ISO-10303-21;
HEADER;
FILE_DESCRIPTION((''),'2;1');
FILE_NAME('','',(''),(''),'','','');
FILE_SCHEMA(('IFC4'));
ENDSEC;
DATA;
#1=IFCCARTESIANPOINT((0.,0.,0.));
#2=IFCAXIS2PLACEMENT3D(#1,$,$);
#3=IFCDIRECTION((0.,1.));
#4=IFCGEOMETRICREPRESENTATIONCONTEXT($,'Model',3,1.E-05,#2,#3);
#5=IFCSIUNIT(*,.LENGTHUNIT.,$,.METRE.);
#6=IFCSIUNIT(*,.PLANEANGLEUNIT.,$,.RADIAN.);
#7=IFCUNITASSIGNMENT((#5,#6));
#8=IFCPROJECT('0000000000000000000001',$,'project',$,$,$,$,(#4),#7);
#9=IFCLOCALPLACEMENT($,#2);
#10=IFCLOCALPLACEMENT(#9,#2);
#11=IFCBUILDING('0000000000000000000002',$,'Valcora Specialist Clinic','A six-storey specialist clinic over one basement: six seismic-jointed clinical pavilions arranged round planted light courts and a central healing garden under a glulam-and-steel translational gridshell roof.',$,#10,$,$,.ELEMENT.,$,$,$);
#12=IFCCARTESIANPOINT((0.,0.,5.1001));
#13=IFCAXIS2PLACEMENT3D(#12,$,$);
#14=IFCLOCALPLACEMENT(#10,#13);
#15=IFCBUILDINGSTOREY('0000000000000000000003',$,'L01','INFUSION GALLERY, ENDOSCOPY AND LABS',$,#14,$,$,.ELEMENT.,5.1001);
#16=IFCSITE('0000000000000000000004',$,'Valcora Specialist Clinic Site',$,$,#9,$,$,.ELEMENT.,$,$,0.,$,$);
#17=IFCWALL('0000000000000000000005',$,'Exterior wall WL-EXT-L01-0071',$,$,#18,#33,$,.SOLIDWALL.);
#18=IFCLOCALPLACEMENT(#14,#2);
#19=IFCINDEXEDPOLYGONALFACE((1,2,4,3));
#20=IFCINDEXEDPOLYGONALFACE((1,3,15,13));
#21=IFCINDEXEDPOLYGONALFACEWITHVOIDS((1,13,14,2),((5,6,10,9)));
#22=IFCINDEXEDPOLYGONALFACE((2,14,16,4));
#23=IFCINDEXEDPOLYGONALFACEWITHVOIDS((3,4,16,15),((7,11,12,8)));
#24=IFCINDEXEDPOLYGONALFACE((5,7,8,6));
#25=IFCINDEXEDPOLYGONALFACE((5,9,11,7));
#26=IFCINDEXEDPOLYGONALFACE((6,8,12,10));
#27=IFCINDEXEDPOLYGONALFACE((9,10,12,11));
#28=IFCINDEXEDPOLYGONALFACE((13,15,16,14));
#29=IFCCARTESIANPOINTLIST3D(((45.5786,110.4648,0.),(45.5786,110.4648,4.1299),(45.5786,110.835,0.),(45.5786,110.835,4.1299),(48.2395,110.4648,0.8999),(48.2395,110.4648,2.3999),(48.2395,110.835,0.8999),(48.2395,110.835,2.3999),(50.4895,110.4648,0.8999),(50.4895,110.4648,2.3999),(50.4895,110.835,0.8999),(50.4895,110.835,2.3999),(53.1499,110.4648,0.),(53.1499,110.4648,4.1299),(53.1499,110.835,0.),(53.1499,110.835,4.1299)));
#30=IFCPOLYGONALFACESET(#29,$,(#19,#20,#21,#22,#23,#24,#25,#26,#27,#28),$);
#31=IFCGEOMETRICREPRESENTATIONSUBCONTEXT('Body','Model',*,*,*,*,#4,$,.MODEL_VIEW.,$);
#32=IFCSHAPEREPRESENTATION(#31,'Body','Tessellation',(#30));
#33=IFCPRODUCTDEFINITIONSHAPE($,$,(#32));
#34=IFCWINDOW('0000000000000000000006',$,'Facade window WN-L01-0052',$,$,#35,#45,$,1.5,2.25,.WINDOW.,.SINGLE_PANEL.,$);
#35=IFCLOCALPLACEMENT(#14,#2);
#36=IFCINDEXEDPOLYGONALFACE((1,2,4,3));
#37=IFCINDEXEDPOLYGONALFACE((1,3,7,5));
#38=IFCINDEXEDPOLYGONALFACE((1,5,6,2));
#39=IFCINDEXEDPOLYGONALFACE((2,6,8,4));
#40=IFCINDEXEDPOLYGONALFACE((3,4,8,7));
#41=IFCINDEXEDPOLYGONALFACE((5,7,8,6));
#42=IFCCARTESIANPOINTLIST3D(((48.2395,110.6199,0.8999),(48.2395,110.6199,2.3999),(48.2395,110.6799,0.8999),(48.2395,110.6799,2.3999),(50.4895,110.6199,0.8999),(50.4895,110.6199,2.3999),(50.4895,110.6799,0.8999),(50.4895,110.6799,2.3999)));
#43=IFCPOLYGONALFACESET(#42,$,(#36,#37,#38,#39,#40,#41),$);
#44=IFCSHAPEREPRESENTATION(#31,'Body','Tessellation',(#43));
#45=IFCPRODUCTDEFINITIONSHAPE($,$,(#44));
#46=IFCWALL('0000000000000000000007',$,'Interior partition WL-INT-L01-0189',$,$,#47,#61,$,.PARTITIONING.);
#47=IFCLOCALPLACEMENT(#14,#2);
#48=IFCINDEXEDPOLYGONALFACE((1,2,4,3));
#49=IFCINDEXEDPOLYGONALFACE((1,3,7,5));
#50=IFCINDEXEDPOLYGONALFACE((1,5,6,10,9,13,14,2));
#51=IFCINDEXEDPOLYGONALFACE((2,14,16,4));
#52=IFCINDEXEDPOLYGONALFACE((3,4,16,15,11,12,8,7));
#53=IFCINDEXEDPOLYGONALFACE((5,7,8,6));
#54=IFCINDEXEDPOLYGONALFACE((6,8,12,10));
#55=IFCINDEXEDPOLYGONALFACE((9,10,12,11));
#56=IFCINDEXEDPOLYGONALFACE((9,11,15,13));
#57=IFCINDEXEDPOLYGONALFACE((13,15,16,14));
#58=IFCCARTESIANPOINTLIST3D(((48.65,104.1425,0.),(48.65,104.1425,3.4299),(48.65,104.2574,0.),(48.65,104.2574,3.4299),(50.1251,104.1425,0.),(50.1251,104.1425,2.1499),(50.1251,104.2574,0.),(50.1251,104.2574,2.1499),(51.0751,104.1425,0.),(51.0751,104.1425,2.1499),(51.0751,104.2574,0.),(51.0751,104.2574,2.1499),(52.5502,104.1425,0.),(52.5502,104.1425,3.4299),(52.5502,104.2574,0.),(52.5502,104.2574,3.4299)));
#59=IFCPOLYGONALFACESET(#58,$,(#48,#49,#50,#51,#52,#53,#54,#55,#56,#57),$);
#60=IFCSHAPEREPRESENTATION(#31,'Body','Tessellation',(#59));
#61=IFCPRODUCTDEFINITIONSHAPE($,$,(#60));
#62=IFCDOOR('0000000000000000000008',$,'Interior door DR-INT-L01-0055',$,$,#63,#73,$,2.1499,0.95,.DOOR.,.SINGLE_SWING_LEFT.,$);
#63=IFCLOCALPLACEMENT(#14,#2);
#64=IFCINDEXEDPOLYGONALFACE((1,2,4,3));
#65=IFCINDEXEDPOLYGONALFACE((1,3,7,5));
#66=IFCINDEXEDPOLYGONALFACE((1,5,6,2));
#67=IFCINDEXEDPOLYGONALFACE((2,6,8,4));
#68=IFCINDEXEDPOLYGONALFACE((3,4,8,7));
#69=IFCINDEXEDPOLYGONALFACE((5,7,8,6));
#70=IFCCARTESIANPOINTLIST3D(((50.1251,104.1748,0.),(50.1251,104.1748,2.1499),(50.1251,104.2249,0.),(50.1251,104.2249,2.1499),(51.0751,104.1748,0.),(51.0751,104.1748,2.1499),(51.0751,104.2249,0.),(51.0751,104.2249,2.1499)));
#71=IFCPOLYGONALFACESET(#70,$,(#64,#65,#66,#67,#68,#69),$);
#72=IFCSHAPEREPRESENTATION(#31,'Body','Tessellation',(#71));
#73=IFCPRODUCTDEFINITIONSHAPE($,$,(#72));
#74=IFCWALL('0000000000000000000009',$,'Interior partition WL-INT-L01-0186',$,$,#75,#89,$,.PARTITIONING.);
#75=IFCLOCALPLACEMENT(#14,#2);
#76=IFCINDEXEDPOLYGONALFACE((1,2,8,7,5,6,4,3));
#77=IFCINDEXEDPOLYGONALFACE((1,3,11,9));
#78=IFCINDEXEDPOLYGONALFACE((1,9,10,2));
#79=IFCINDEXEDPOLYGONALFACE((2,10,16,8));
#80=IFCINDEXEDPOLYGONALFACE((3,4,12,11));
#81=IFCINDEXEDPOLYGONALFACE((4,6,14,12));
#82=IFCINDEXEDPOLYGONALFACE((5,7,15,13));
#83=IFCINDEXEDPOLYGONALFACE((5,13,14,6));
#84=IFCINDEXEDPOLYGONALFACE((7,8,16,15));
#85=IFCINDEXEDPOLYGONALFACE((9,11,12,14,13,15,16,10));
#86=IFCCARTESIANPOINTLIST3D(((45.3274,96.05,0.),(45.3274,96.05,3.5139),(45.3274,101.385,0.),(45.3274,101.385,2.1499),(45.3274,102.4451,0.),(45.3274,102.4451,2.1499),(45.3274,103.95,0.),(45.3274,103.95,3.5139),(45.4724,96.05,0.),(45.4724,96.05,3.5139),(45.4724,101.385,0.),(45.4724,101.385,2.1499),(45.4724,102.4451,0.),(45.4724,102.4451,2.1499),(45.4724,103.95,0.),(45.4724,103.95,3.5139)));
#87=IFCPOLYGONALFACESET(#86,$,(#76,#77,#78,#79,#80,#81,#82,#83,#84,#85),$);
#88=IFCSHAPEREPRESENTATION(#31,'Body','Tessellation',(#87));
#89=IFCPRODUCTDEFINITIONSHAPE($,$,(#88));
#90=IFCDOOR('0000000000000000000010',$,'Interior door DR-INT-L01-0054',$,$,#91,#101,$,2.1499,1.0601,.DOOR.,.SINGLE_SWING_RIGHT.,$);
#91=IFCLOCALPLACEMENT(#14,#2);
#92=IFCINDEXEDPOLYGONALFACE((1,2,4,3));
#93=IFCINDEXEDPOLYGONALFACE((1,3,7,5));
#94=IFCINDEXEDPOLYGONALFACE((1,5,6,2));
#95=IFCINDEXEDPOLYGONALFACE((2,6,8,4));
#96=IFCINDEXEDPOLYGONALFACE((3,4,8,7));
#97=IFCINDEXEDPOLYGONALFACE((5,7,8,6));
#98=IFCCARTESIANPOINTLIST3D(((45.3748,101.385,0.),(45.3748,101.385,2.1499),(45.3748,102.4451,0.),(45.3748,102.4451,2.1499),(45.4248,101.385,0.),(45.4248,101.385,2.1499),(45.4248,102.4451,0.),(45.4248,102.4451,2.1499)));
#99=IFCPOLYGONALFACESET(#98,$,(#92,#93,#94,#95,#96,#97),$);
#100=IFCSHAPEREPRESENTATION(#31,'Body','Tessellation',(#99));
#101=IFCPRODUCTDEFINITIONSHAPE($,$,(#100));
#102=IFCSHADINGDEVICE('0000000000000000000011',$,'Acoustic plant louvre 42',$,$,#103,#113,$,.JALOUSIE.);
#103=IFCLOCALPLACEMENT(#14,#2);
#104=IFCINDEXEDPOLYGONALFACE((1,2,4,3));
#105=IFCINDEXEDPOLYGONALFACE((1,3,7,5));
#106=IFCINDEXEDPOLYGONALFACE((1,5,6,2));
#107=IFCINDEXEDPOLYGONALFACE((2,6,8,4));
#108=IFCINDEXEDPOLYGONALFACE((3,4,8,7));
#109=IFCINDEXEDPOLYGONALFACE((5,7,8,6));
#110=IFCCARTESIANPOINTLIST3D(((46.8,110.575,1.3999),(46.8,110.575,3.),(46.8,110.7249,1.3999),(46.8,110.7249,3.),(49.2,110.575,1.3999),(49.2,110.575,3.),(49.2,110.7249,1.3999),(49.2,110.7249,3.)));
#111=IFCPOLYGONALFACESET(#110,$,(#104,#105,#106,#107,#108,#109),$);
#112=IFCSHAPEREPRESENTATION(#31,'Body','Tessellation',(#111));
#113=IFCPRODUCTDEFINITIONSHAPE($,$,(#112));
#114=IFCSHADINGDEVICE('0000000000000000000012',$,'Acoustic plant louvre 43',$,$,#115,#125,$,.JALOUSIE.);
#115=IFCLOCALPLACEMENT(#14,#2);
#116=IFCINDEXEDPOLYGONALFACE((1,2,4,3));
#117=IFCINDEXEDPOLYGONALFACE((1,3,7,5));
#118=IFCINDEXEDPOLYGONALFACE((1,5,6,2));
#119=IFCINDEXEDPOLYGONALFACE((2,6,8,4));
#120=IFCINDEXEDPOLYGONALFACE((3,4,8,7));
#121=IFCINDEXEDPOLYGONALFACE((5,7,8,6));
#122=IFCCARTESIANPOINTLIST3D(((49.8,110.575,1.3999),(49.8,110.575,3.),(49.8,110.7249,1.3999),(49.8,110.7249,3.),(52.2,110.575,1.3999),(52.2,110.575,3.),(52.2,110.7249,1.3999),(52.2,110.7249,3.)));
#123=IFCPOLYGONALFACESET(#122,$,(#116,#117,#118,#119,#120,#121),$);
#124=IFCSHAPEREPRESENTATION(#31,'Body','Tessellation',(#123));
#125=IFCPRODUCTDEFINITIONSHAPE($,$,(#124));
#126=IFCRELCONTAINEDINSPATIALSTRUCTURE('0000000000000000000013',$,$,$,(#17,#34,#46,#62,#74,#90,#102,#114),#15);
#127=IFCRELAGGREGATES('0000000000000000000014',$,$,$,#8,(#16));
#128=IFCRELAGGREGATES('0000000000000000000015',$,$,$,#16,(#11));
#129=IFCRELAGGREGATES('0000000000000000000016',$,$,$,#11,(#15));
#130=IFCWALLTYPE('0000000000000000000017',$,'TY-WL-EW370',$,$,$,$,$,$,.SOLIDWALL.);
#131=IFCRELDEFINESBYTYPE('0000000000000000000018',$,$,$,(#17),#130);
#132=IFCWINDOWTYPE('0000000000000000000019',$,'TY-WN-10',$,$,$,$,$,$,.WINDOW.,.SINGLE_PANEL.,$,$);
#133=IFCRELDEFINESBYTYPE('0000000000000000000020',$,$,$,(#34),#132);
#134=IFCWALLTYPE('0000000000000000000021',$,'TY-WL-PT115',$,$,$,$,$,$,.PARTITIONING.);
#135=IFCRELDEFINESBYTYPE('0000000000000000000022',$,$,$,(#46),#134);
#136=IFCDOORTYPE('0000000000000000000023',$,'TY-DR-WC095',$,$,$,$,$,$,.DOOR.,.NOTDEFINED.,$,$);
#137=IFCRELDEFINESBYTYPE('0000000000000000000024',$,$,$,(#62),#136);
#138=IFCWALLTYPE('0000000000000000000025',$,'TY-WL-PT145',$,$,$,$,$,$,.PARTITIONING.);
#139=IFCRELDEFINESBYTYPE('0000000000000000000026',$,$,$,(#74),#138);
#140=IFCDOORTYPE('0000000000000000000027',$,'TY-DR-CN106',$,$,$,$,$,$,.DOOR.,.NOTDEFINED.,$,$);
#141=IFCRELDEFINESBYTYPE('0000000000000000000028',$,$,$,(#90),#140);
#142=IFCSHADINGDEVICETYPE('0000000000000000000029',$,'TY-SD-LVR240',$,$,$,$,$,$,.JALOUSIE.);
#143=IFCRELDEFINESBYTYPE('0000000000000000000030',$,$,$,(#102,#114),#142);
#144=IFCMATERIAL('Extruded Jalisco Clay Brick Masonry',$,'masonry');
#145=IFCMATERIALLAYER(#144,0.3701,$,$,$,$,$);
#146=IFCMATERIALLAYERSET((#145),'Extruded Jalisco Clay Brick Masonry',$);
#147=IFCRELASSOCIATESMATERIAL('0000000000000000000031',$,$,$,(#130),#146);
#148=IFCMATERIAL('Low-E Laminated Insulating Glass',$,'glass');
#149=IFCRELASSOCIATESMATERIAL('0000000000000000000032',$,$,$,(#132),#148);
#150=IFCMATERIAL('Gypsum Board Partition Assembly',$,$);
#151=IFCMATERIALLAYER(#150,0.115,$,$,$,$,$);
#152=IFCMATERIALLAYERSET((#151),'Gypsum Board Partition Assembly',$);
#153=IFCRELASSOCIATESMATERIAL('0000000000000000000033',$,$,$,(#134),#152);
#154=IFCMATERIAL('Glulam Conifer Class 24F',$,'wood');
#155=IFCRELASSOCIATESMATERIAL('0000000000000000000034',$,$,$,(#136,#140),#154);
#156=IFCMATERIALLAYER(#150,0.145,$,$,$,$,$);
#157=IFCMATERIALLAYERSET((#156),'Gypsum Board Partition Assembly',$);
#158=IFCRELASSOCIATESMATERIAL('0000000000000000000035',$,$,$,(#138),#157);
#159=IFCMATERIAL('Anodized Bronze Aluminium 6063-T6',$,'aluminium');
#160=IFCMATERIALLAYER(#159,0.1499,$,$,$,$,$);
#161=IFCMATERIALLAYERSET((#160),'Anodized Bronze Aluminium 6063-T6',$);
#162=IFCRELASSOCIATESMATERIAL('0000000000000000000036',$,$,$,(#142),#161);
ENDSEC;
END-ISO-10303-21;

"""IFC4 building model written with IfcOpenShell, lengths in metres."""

from ifc_helpers import new_model, si_unit, direction, frame, frame_2d, origin, origin_2d, place, context, subcontext, project, spatial, rectangle, extrude, material, layer, layer_set, type_object, element, fill, save


model = new_model("IFC4")

# Units and contexts
model_context = context("Model", 3, precision=1e-05, world=origin(), true_north=direction((0.0, 1.0)))
body_context = subcontext(model_context, "Body", "Model", "MODEL_VIEW")
ifc_project = project(units=[si_unit("LENGTHUNIT", "METRE"), si_unit("PLANEANGLEUNIT", "RADIAN")], contexts=[model_context])

# Site, building, storey
site_placement = place(None, origin())
site = spatial("IfcSite", under=ifc_project, at=site_placement, Name="Valcora Specialist Clinic Site", CompositionType="ELEMENT", RefElevation=0.0)
building_placement = place(site_placement, origin())
building = spatial("IfcBuilding", under=site, at=building_placement, Name="Valcora Specialist Clinic", Description="A six-storey specialist clinic over one basement: six seismic-jointed clinical pavilions arranged round planted light courts and a central healing garden under a glulam-and-steel translational gridshell roof.", CompositionType="ELEMENT")
storey_placement = place(building_placement, frame((0.0, 0.0, 5.1001)))
storey = spatial("IfcBuildingStorey", under=building, at=storey_placement, Name="L01", Description="INFUSION GALLERY, ENDOSCOPY AND LABS", CompositionType="ELEMENT", Elevation=5.1001)

# Wall, opening, window
ifc_material_1 = material(Name="Extruded Jalisco Clay Brick Masonry", Category="masonry")
ifc_material_2 = material(Name="Low-E Laminated Insulating Glass", Category="glass")
ifc_layer_1 = layer(ifc_material_1, 0.3701)
ifc_layer_set_1 = layer_set([ifc_layer_1], Name="Extruded Jalisco Clay Brick Masonry")
wall_type_1 = type_object("IfcWallType", Name="TY-WL-EW370", PredefinedType="SOLIDWALL", material=ifc_layer_set_1)
wall_1_placement = place(storey_placement, frame((45.5786, 110.6499, 0.0), z_axis=(0.0, 0.0, 1.0), x_axis=(1.0, 0.0, 0.0)))
wall_1 = element("IfcWall", 1, at=wall_1_placement, inside=storey, type_object=wall_type_1, Name="Exterior wall WL-EXT-L01-0071", PredefinedType="SOLIDWALL", context=body_context, shape_type="SweptSolid", body=[
    extrude(rectangle(XDim=7.5713, YDim=0.3701, at=frame_2d((3.7856, 0.0))), origin(), (0.0, 0.0, 1.0), 4.1299),
])
opening_1_placement = place(wall_1_placement, frame((2.6609, 0.0, 0.8999)))
opening_1 = element("IfcOpeningElement", 2, at=opening_1_placement, cuts=wall_1, PredefinedType="OPENING", context=body_context, shape_type="SweptSolid", body=[
    extrude(rectangle(XDim=2.25, YDim=1.5, at=frame_2d((1.125, 0.75))), frame((0.0, 0.1951, 0.0), z_axis=(0.0, -1.0, 0.0), x_axis=(1.0, 0.0, 0.0)), (0.0, 0.0, 1.0), 0.3901),
])
window_type_1 = type_object("IfcWindowType", Name="TY-WN-10", PartitioningType="SINGLE_PANEL", PredefinedType="WINDOW", material=ifc_material_2)
window_1_placement = place(opening_1_placement, origin())
window_1 = element("IfcWindow", 3, at=window_1_placement, inside=storey, type_object=window_type_1, Name="Facade window WN-L01-0052", OverallHeight=1.5, OverallWidth=2.25, PartitioningType="SINGLE_PANEL", PredefinedType="WINDOW", context=body_context, shape_type="SweptSolid", body=[
    extrude(rectangle(XDim=2.25, YDim=1.5, at=frame_2d((1.125, 0.75))), frame((0.0, 0.03, 0.0), z_axis=(0.0, -1.0, 0.0), x_axis=(1.0, 0.0, 0.0)), (0.0, 0.0, 1.0), 0.0601),
])
fill(opening_1, window_1)

# Walls, openings, doors
ifc_material_3 = material(Name="Gypsum Board Partition Assembly")
ifc_layer_2 = layer(ifc_material_3, 0.115)
ifc_layer_set_2 = layer_set([ifc_layer_2], Name="Gypsum Board Partition Assembly")
wall_type_2 = type_object("IfcWallType", Name="TY-WL-PT115", PredefinedType="PARTITIONING", material=ifc_layer_set_2)
wall_2_placement = place(storey_placement, frame((48.6499, 104.2, 0.0), z_axis=(0.0, 0.0, 1.0), x_axis=(1.0, 0.0, 0.0)))
wall_2 = element("IfcWall", 4, at=wall_2_placement, inside=storey, type_object=wall_type_2, Name="Interior partition WL-INT-L01-0189", PredefinedType="PARTITIONING", context=body_context, shape_type="SweptSolid", body=[
    extrude(rectangle(XDim=3.9001, YDim=0.115, at=frame_2d((1.9502, 0.0))), origin(), (0.0, 0.0, 1.0), 3.4299),
])
opening_2_placement = place(wall_2_placement, frame((1.4751, 0.0, 0.0)))
opening_2 = element("IfcOpeningElement", 5, at=opening_2_placement, cuts=wall_2, PredefinedType="OPENING", context=body_context, shape_type="SweptSolid", body=[
    extrude(rectangle(XDim=0.95, YDim=2.1499, at=frame_2d((0.4751, 1.075))), frame((0.0, 0.0674, 0.0), z_axis=(0.0, -1.0, 0.0), x_axis=(1.0, 0.0, 0.0)), (0.0, 0.0, 1.0), 0.135),
])
ifc_material_4 = material(Name="Glulam Conifer Class 24F", Category="wood")
door_type_1 = type_object("IfcDoorType", Name="TY-DR-WC095", OperationType="NOTDEFINED", PredefinedType="DOOR", material=ifc_material_4)
door_1_placement = place(opening_2_placement, origin())
door_1 = element("IfcDoor", 6, at=door_1_placement, inside=storey, type_object=door_type_1, Name="Interior door DR-INT-L01-0055", OperationType="SINGLE_SWING_LEFT", OverallHeight=2.1499, OverallWidth=0.95, PredefinedType="DOOR", context=body_context, shape_type="SweptSolid", body=[
    extrude(rectangle(XDim=0.95, YDim=2.1499, at=frame_2d((0.4751, 1.075))), frame((0.0, 0.0249, 0.0), z_axis=(0.0, -1.0, 0.0), x_axis=(1.0, 0.0, 0.0)), (0.0, 0.0, 1.0), 0.05),
])
fill(opening_2, door_1)
ifc_layer_3 = layer(ifc_material_3, 0.145)
ifc_layer_set_3 = layer_set([ifc_layer_3], Name="Gypsum Board Partition Assembly")
wall_type_3 = type_object("IfcWallType", Name="TY-WL-PT145", PredefinedType="PARTITIONING", material=ifc_layer_set_3)
wall_3_placement = place(storey_placement, frame((45.3999, 103.95, 0.0), z_axis=(0.0, 0.0, 1.0), x_axis=(0.0, -1.0, 0.0)))
wall_3 = element("IfcWall", 7, at=wall_3_placement, inside=storey, type_object=wall_type_3, Name="Interior partition WL-INT-L01-0186", PredefinedType="PARTITIONING", context=body_context, shape_type="SweptSolid", body=[
    extrude(rectangle(XDim=7.8999, YDim=0.145, at=frame_2d((3.95, 0.0))), origin(), (0.0, 0.0, 1.0), 3.5139),
])
opening_3_placement = place(wall_3_placement, frame((1.5049, 0.0, 0.0)))
opening_3 = element("IfcOpeningElement", 8, at=opening_3_placement, cuts=wall_3, PredefinedType="OPENING", context=body_context, shape_type="SweptSolid", body=[
    extrude(rectangle(XDim=1.0601, YDim=2.1499, at=frame_2d((0.53, 1.075))), frame((0.0, 0.0825, 0.0), z_axis=(0.0, -1.0, 0.0), x_axis=(1.0, 0.0, 0.0)), (0.0, 0.0, 1.0), 0.165),
])
door_type_2 = type_object("IfcDoorType", Name="TY-DR-CN106", OperationType="NOTDEFINED", PredefinedType="DOOR", material=ifc_material_4)
door_2_placement = place(opening_3_placement, origin())
door_2 = element("IfcDoor", 9, at=door_2_placement, inside=storey, type_object=door_type_2, Name="Interior door DR-INT-L01-0054", OperationType="SINGLE_SWING_RIGHT", OverallHeight=2.1499, OverallWidth=1.0601, PredefinedType="DOOR", context=body_context, shape_type="SweptSolid", body=[
    extrude(rectangle(XDim=1.0601, YDim=2.1499, at=frame_2d((0.53, 1.075))), frame((0.0, 0.0249, 0.0), z_axis=(0.0, -1.0, 0.0), x_axis=(1.0, 0.0, 0.0)), (0.0, 0.0, 1.0), 0.05),
])
fill(opening_3, door_2)

# Shading devices
ifc_material_5 = material(Name="Anodized Bronze Aluminium 6063-T6", Category="aluminium")
ifc_layer_4 = layer(ifc_material_5, 0.1499)
ifc_layer_set_4 = layer_set([ifc_layer_4], Name="Anodized Bronze Aluminium 6063-T6")
shading_device_type = type_object("IfcShadingDeviceType", Name="TY-SD-LVR240", PredefinedType="JALOUSIE", material=ifc_layer_set_4)
for number, where, z_axis, x_axis, name in (
    (10, (48.0, 110.6499, 1.3999), (0.0, 0.0, 1.0), (1.0, 0.0, 0.0), "Acoustic plant louvre 42"),
    (11, (51.0, 110.6499, 1.3999), (0.0, 0.0, 1.0), (1.0, 0.0, 0.0), "Acoustic plant louvre 43"),
):
    element("IfcShadingDevice", number, at=place(storey_placement, frame(where, z_axis=z_axis, x_axis=x_axis)), inside=storey, type_object=shading_device_type, Name=name, PredefinedType="JALOUSIE", context=body_context, shape_type="SweptSolid", body=[
        extrude(rectangle(XDim=2.3999, YDim=0.1499, at=origin_2d()), origin(), (0.0, 0.0, 1.0), 1.6001),
    ])

save(model, "model.ifc")
